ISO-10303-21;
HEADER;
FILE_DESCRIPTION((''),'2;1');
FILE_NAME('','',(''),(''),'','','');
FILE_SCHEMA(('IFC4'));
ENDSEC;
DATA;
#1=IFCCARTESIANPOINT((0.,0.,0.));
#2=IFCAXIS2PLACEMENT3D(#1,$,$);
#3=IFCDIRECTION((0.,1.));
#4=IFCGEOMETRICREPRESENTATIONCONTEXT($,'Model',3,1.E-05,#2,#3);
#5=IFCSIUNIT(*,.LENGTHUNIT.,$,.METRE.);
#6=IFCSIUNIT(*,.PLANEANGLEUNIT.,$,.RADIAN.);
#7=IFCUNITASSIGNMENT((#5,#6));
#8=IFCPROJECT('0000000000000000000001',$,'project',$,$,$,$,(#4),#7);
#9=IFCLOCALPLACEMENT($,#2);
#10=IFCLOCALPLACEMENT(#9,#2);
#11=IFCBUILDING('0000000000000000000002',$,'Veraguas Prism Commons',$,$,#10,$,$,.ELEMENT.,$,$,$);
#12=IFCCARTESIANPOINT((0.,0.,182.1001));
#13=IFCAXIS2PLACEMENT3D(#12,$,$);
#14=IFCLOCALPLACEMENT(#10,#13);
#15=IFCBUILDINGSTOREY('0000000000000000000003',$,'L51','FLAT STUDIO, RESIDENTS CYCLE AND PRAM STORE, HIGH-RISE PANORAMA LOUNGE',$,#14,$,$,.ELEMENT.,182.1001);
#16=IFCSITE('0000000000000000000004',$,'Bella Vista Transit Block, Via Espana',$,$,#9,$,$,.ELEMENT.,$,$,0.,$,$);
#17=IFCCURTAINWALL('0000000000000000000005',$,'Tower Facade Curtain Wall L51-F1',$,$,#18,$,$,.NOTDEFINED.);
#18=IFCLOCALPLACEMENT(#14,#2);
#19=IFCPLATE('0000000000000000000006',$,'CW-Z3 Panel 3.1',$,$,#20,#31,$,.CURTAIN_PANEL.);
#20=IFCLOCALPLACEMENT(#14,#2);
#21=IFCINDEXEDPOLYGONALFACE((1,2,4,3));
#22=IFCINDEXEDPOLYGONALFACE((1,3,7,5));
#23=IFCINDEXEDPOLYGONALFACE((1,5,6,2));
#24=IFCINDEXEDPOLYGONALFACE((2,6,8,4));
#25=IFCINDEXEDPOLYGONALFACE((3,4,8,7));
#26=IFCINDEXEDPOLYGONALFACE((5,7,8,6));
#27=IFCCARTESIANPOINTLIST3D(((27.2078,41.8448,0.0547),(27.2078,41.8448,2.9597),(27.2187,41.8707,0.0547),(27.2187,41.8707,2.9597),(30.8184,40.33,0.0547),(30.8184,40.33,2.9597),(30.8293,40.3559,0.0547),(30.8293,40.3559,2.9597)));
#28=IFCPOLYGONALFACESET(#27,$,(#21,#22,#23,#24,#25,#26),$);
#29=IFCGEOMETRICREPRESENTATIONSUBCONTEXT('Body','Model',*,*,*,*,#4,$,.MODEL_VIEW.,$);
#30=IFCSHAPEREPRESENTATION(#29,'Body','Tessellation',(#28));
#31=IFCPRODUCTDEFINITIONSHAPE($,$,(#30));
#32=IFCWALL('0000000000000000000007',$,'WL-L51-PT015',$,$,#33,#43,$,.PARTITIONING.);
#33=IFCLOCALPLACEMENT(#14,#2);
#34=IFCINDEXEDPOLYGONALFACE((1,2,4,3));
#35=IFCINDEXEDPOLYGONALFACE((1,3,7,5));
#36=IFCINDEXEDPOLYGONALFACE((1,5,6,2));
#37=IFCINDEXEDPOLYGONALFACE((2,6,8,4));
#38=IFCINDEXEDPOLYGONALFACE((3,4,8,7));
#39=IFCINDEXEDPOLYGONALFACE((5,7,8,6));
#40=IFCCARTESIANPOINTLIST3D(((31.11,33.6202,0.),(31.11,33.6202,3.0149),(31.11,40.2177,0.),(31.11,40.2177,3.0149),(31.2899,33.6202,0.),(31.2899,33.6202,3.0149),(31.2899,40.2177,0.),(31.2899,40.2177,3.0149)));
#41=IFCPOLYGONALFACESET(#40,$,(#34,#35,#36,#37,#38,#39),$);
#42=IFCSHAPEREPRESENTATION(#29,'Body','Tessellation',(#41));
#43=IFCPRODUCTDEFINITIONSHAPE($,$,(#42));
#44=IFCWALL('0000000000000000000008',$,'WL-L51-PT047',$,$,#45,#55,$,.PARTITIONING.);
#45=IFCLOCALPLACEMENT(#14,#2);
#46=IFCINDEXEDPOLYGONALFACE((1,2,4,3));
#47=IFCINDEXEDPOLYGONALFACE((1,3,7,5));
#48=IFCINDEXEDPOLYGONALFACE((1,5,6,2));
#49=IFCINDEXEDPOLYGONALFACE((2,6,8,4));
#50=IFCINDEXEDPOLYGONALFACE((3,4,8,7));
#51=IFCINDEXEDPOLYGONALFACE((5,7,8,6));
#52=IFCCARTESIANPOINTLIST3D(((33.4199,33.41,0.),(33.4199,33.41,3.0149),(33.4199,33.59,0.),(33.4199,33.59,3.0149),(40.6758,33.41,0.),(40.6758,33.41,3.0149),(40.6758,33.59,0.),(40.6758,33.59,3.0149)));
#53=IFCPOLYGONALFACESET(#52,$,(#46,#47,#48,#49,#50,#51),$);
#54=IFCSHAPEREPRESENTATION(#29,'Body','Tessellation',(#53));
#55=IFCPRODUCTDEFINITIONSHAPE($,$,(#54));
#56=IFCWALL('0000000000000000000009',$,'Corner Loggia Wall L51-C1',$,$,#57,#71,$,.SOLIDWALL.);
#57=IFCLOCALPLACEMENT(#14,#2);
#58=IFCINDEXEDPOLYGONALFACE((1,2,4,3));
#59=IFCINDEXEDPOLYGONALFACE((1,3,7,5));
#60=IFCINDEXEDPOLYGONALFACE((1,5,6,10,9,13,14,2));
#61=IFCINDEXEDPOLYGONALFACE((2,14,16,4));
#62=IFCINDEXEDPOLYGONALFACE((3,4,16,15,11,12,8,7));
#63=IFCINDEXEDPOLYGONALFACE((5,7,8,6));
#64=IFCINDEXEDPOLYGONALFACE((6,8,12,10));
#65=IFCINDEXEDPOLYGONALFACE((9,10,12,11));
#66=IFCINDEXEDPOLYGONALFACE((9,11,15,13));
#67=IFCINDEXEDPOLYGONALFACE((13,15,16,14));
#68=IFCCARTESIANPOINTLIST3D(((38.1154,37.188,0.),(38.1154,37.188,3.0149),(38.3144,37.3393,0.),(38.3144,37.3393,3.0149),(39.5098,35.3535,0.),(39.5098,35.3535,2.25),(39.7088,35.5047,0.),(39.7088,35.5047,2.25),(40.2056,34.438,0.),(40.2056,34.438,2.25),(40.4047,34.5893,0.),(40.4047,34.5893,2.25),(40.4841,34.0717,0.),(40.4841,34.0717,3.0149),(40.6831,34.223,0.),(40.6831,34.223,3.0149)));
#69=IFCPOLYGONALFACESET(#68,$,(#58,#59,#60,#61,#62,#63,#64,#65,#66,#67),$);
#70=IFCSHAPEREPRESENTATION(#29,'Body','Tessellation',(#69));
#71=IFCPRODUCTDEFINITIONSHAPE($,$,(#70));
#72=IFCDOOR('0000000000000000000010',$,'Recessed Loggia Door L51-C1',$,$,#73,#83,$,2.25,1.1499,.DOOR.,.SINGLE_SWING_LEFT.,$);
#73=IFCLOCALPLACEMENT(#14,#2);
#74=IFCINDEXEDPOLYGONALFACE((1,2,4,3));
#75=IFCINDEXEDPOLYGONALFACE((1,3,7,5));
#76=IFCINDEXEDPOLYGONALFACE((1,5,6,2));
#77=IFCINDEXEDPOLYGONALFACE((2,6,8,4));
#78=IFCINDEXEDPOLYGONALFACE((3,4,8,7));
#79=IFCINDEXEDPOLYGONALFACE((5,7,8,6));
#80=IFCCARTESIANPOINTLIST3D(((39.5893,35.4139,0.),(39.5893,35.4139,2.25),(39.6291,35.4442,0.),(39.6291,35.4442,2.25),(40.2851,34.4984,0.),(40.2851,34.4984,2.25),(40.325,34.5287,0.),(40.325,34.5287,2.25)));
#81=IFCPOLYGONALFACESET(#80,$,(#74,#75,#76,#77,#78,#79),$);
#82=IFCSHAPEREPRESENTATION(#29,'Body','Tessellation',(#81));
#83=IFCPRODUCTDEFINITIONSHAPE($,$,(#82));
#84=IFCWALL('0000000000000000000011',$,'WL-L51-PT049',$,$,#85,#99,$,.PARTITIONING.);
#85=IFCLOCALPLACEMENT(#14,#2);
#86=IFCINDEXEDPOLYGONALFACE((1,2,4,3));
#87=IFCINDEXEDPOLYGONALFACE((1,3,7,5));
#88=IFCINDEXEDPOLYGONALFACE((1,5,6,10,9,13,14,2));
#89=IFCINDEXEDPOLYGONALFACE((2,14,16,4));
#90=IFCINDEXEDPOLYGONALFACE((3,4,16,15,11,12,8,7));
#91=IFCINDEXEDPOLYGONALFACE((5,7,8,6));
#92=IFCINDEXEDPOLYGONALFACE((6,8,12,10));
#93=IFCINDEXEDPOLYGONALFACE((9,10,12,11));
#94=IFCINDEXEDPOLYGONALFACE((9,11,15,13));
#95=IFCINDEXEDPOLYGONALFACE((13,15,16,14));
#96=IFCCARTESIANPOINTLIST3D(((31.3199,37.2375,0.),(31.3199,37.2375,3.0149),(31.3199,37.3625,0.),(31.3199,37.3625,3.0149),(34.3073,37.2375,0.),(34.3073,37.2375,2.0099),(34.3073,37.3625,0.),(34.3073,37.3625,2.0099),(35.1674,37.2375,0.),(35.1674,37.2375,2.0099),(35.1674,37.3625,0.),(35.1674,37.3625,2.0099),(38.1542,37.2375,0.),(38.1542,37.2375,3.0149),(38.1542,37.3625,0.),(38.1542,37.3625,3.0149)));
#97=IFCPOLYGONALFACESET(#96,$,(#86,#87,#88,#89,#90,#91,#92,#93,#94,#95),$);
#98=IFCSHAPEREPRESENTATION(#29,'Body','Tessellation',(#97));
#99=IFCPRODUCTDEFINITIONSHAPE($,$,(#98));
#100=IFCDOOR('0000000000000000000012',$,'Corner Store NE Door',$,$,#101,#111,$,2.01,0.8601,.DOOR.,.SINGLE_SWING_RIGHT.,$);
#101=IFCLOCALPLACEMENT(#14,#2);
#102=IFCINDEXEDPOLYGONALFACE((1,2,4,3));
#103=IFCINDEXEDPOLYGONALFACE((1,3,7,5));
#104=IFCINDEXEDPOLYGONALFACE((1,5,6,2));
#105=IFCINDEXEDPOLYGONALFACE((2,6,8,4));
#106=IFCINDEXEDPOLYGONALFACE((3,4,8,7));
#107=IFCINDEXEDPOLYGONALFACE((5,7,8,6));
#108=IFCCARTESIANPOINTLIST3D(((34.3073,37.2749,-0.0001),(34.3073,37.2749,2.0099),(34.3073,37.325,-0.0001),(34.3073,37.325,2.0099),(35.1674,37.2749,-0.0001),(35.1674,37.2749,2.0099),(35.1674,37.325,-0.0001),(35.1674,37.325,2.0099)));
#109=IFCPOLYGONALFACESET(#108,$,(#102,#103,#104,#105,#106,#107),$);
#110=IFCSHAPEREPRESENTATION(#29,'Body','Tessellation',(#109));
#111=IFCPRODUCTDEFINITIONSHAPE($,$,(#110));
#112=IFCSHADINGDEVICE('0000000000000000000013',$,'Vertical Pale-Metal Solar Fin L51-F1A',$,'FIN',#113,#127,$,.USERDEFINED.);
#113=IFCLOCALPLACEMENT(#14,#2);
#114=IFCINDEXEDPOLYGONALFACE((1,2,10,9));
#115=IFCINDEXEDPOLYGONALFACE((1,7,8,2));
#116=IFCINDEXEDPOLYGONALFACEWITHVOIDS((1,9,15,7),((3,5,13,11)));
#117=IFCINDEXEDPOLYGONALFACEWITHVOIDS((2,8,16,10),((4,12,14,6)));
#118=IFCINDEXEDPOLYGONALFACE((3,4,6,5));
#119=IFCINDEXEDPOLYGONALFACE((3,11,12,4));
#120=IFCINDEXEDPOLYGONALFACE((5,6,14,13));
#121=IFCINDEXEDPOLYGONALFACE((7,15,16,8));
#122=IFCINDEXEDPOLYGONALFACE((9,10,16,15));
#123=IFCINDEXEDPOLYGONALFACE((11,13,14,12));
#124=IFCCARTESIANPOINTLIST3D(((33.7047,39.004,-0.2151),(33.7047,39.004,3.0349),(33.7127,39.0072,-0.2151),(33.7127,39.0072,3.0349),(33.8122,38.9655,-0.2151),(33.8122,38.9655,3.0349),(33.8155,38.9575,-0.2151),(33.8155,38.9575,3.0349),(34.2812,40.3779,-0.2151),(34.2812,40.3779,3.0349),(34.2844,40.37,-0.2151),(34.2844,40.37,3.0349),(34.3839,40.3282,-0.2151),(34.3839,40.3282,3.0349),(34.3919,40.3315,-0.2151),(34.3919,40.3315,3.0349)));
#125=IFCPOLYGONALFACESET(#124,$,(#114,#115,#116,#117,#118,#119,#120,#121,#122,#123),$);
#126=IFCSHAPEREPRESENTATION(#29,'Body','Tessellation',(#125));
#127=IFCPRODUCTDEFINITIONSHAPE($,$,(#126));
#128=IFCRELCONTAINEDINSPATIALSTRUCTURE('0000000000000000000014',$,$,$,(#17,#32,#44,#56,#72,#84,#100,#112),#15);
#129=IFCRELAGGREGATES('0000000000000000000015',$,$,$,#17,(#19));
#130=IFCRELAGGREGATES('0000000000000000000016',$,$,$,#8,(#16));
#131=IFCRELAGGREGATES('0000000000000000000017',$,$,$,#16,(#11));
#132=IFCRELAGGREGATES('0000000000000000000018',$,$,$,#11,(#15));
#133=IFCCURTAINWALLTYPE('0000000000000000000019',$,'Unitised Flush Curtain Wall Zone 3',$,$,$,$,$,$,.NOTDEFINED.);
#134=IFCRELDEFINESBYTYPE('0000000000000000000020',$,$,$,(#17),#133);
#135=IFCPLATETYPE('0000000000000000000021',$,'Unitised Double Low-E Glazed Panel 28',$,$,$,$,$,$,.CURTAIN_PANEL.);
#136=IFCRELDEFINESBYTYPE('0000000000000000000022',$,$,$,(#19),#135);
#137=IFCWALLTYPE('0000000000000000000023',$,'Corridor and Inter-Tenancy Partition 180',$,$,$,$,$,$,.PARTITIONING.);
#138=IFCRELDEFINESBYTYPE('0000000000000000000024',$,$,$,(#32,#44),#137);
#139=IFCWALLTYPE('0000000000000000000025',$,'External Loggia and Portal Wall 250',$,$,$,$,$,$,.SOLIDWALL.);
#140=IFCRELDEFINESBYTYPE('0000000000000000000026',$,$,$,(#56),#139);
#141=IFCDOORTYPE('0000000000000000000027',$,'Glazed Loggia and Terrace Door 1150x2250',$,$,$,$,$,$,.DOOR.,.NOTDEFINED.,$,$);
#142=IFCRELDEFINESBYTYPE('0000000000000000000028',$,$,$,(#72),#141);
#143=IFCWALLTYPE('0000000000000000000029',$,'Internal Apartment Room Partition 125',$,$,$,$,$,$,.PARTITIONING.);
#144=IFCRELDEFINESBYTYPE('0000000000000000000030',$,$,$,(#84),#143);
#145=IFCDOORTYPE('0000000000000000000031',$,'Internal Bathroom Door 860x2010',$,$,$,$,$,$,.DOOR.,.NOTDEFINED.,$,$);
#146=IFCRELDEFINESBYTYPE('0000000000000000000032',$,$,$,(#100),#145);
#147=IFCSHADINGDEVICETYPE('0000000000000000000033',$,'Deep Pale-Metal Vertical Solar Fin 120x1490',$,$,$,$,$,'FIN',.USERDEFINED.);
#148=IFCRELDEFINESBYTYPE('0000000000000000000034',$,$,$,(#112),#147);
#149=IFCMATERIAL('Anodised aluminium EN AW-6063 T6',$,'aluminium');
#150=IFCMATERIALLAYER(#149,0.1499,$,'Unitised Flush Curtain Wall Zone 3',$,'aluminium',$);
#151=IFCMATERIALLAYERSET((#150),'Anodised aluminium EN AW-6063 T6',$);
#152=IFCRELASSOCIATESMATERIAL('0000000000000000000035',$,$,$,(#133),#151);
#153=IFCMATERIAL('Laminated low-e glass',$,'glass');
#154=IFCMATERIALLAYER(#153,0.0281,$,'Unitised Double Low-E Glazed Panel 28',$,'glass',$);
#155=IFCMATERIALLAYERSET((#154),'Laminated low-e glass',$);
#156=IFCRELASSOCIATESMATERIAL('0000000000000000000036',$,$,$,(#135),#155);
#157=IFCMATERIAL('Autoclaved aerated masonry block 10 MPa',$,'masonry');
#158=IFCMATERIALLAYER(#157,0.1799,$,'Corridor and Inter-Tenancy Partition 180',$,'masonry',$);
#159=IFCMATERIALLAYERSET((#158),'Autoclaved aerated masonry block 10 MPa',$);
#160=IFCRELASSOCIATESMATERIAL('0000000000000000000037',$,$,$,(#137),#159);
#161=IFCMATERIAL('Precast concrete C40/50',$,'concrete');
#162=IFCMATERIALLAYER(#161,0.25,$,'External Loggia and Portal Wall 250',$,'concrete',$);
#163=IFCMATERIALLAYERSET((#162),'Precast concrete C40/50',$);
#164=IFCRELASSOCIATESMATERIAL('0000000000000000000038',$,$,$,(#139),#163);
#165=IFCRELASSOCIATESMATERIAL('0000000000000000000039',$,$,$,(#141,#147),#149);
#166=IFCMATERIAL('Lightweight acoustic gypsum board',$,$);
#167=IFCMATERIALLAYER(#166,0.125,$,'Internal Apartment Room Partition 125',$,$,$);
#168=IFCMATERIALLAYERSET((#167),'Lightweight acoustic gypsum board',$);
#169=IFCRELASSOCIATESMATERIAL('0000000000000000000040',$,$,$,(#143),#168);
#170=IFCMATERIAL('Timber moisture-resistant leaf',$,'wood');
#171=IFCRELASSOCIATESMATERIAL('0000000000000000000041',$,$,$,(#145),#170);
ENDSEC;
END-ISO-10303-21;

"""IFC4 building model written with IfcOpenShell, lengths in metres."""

from ifc_helpers import new_model, si_unit, direction, frame, frame_2d, origin, origin_2d, place, context, subcontext, project, spatial, rectangle, hollow_rectangle, extrude, source, transform, mapped, material, layer, layer_set, material_profile, profile_set, type_object, element, fill, aggregate, save


model = new_model("IFC4")

# Units and contexts
model_context = context("Model", 3, precision=1e-05, world=origin(), true_north=direction((0.0, 1.0)))
body_context = subcontext(model_context, "Body", "Model", "MODEL_VIEW")
ifc_project = project(units=[si_unit("LENGTHUNIT", "METRE"), si_unit("PLANEANGLEUNIT", "RADIAN")], contexts=[model_context])

# Site, building, storey
site_placement = place(None, origin())
site = spatial("IfcSite", under=ifc_project, at=site_placement, Name="Bella Vista Transit Block, Via Espana", CompositionType="ELEMENT", RefElevation=0.0)
building_placement = place(site_placement, origin())
building = spatial("IfcBuilding", under=site, at=building_placement, Name="Veraguas Prism Commons", CompositionType="ELEMENT")
storey_placement = place(building_placement, frame((0.0, 0.0, 182.1001)))
storey = spatial("IfcBuildingStorey", under=building, at=storey_placement, Name="L51", Description="FLAT STUDIO, RESIDENTS CYCLE AND PRAM STORE, HIGH-RISE PANORAMA LOUNGE", CompositionType="ELEMENT", Elevation=182.1001)

# Curtain wall
ifc_material_1 = material(Name="Anodised aluminium EN AW-6063 T6", Category="aluminium")
ifc_layer_1 = layer(ifc_material_1, 0.1499, Name="Unitised Flush Curtain Wall Zone 3", Category="aluminium")
ifc_layer_set_1 = layer_set([ifc_layer_1], Name="Anodised aluminium EN AW-6063 T6")
curtain_wall_type = type_object("IfcCurtainWallType", Name="Unitised Flush Curtain Wall Zone 3", PredefinedType="NOTDEFINED", material=ifc_layer_set_1)
curtain_wall_1_placement = place(storey_placement, origin())
curtain_wall_1 = element("IfcCurtainWall", 1, at=curtain_wall_1_placement, inside=storey, type_object=curtain_wall_type, Name="Tower Facade Curtain Wall L51-F1", PredefinedType="NOTDEFINED")

# Plate
ifc_material_2 = material(Name="Laminated low-e glass", Category="glass")
ifc_layer_2 = layer(ifc_material_2, 0.0281, Name="Unitised Double Low-E Glazed Panel 28", Category="glass")
ifc_layer_set_2 = layer_set([ifc_layer_2], Name="Laminated low-e glass")
plate_type = type_object("IfcPlateType", Name="Unitised Double Low-E Glazed Panel 28", PredefinedType="CURTAIN_PANEL", material=ifc_layer_set_2)
shared_shape_1 = source(origin(), body_context, "Body", "SweptSolid", [
    extrude(rectangle(XDim=3.9155, YDim=0.0281, at=origin_2d()), origin(), (0.0, 0.0, 1.0), 2.905),
])
plate_1_placement = place(storey_placement, frame((29.0186, 41.1003, 0.0547), z_axis=(0.0, 0.0, 1.0), x_axis=(-0.922134, 0.38687, 0.0)))
plate_1 = element("IfcPlate", 2, at=plate_1_placement, type_object=plate_type, Name="CW-Z3 Panel 3.1", PredefinedType="CURTAIN_PANEL", context=body_context, shape_type="MappedRepresentation", body=[
    mapped(shared_shape_1, transform((0.0, 0.0, 0.0), scale=1.0)),
])
aggregate(curtain_wall_1, [plate_1])

# Walls
ifc_material_3 = material(Name="Autoclaved aerated masonry block 10 MPa", Category="masonry")
ifc_layer_3 = layer(ifc_material_3, 0.1799, Name="Corridor and Inter-Tenancy Partition 180", Category="masonry")
ifc_layer_set_3 = layer_set([ifc_layer_3], Name="Autoclaved aerated masonry block 10 MPa")
wall_type_1 = type_object("IfcWallType", Name="Corridor and Inter-Tenancy Partition 180", PredefinedType="PARTITIONING", material=ifc_layer_set_3)
wall_1_placement = place(storey_placement, frame((31.2, 33.6201, 0.0), z_axis=(0.0, 0.0, 1.0), x_axis=(0.0, 1.0, 0.0)))
element("IfcWall", 3, at=wall_1_placement, inside=storey, type_object=wall_type_1, Name="WL-L51-PT015", PredefinedType="PARTITIONING", context=body_context, shape_type="SweptSolid", body=[
    extrude(rectangle(XDim=6.5974, YDim=0.1799, at=frame_2d((3.2988, 0.0))), origin(), (0.0, 0.0, 1.0), 3.0149),
])
wall_2_placement = place(storey_placement, frame((33.4199, 33.5, 0.0), z_axis=(0.0, 0.0, 1.0), x_axis=(1.0, 0.0, 0.0)))
element("IfcWall", 4, at=wall_2_placement, inside=storey, type_object=wall_type_1, Name="WL-L51-PT047", PredefinedType="PARTITIONING", context=body_context, shape_type="SweptSolid", body=[
    extrude(rectangle(XDim=7.2559, YDim=0.1799, at=frame_2d((3.6279, 0.0))), origin(), (0.0, 0.0, 1.0), 3.0149),
])

# Walls, openings, doors
ifc_material_4 = material(Name="Precast concrete C40/50", Category="concrete")
ifc_layer_4 = layer(ifc_material_4, 0.25, Name="External Loggia and Portal Wall 250", Category="concrete")
ifc_layer_set_4 = layer_set([ifc_layer_4], Name="Precast concrete C40/50")
wall_type_2 = type_object("IfcWallType", Name="External Loggia and Portal Wall 250", PredefinedType="SOLIDWALL", material=ifc_layer_set_4)
wall_3_placement = place(storey_placement, frame((40.5835, 34.1475, 0.0), z_axis=(0.0, 0.0, 1.0), x_axis=(-0.605137, 0.796121, 0.0)))
wall_3 = element("IfcWall", 5, at=wall_3_placement, inside=storey, type_object=wall_type_2, Name="Corner Loggia Wall L51-C1", PredefinedType="SOLIDWALL", context=body_context, shape_type="SweptSolid", body=[
    extrude(rectangle(XDim=3.9143, YDim=0.25, at=frame_2d((1.957, 0.0))), origin(), (0.0, 0.0, 1.0), 3.0149),
])
opening_1_placement = place(wall_3_placement, frame((0.46, 0.0, 0.0)))
opening_1 = element("IfcOpeningElement", 6, at=opening_1_placement, cuts=wall_3, PredefinedType="OPENING", context=body_context, shape_type="SweptSolid", body=[
    extrude(rectangle(XDim=1.1499, YDim=2.25, at=frame_2d((0.575, 1.125))), frame((0.0, 0.135, 0.0), z_axis=(0.0, -1.0, 0.0), x_axis=(1.0, 0.0, 0.0)), (0.0, 0.0, 1.0), 0.27),
])
door_type_1 = type_object("IfcDoorType", Name="Glazed Loggia and Terrace Door 1150x2250", OperationType="NOTDEFINED", PredefinedType="DOOR", material=ifc_material_1)
shared_shape_2 = source(origin(), body_context, "Body", "SweptSolid", [
    extrude(rectangle(XDim=1.1499, YDim=2.25, at=frame_2d((0.575, 1.125))), frame((0.0, 0.0249, 0.0), z_axis=(0.0, -1.0, 0.0), x_axis=(1.0, 0.0, 0.0)), (0.0, 0.0, 1.0), 0.05),
])
door_1_placement = place(opening_1_placement, frame((1.1499, 0.0, 0.0), z_axis=(0.0, 0.0, 1.0), x_axis=(-1.0, 0.0, 0.0)))
door_1 = element("IfcDoor", 7, at=door_1_placement, inside=storey, type_object=door_type_1, Name="Recessed Loggia Door L51-C1", OperationType="SINGLE_SWING_LEFT", OverallHeight=2.25, OverallWidth=1.1499, PredefinedType="DOOR", context=body_context, shape_type="MappedRepresentation", body=[
    mapped(shared_shape_2, transform((0.0, 0.0, 0.0), scale=1.0)),
])
fill(opening_1, door_1)
ifc_material_5 = material(Name="Lightweight acoustic gypsum board")
ifc_layer_5 = layer(ifc_material_5, 0.125, Name="Internal Apartment Room Partition 125")
ifc_layer_set_5 = layer_set([ifc_layer_5], Name="Lightweight acoustic gypsum board")
wall_type_3 = type_object("IfcWallType", Name="Internal Apartment Room Partition 125", PredefinedType="PARTITIONING", material=ifc_layer_set_5)
wall_4_placement = place(storey_placement, frame((31.3201, 37.3, 0.0), z_axis=(0.0, 0.0, 1.0), x_axis=(1.0, 0.0, 0.0)))
wall_4 = element("IfcWall", 8, at=wall_4_placement, inside=storey, type_object=wall_type_3, Name="WL-L51-PT049", PredefinedType="PARTITIONING", context=body_context, shape_type="SweptSolid", body=[
    extrude(rectangle(XDim=6.8342, YDim=0.125, at=frame_2d((3.417, 0.0))), origin(), (0.0, 0.0, 1.0), 3.0149),
])
opening_2_placement = place(wall_4_placement, frame((2.9871, 0.0, 0.0)))
opening_2 = element("IfcOpeningElement", 9, at=opening_2_placement, cuts=wall_4, PredefinedType="OPENING", context=body_context, shape_type="SweptSolid", body=[
    extrude(rectangle(XDim=0.8601, YDim=2.01, at=frame_2d((0.4302, 1.0049))), frame((0.0, 0.0725, 0.0), z_axis=(0.0, -1.0, 0.0), x_axis=(1.0, 0.0, 0.0)), (0.0, 0.0, 1.0), 0.145),
])
ifc_material_6 = material(Name="Timber moisture-resistant leaf", Category="wood")
door_type_2 = type_object("IfcDoorType", Name="Internal Bathroom Door 860x2010", OperationType="NOTDEFINED", PredefinedType="DOOR", material=ifc_material_6)
shared_shape_3 = source(origin(), body_context, "Body", "SweptSolid", [
    extrude(rectangle(XDim=0.8601, YDim=2.01, at=frame_2d((0.4302, 1.0049))), frame((0.0, 0.0249, 0.0), z_axis=(0.0, -1.0, 0.0), x_axis=(1.0, 0.0, 0.0)), (0.0, 0.0, 1.0), 0.05),
])
door_2_placement = place(opening_2_placement, origin())
door_2 = element("IfcDoor", 10, at=door_2_placement, inside=storey, type_object=door_type_2, Name="Corner Store NE Door", OperationType="SINGLE_SWING_RIGHT", OverallHeight=2.01, OverallWidth=0.8601, PredefinedType="DOOR", context=body_context, shape_type="MappedRepresentation", body=[
    mapped(shared_shape_3, transform((0.0, 0.0, 0.0), scale=1.0)),
])
fill(opening_2, door_2)

# Shading device
ifc_material_profile_1 = material_profile(ifc_material_1, hollow_rectangle(XDim=0.1201, YDim=1.49, WallThickness=0.0061, at=origin_2d()), Name="FIN120X1490X6")
ifc_profile_set_1 = profile_set([ifc_material_profile_1], Name="Anodised aluminium EN AW-6063 T6")
shading_device_type = type_object("IfcShadingDeviceType", Name="Deep Pale-Metal Vertical Solar Fin 120x1490", ElementType="FIN", PredefinedType="USERDEFINED", material=ifc_profile_set_1)
shading_device_placement = place(storey_placement, frame((34.0483, 39.6677, -0.2151), z_axis=(0.0, 0.0, 1.0), x_axis=(-0.922134, 0.38687, 0.0)))
element("IfcShadingDevice", 11, at=shading_device_placement, inside=storey, type_object=shading_device_type, Name="Vertical Pale-Metal Solar Fin L51-F1A", ObjectType="FIN", PredefinedType="USERDEFINED", context=body_context, shape_type="SweptSolid", body=[
    extrude(hollow_rectangle(XDim=0.1201, YDim=1.49, WallThickness=0.0061, at=origin_2d()), origin(), (0.0, 0.0, 1.0), 3.25),
])

save(model, "model.ifc")
